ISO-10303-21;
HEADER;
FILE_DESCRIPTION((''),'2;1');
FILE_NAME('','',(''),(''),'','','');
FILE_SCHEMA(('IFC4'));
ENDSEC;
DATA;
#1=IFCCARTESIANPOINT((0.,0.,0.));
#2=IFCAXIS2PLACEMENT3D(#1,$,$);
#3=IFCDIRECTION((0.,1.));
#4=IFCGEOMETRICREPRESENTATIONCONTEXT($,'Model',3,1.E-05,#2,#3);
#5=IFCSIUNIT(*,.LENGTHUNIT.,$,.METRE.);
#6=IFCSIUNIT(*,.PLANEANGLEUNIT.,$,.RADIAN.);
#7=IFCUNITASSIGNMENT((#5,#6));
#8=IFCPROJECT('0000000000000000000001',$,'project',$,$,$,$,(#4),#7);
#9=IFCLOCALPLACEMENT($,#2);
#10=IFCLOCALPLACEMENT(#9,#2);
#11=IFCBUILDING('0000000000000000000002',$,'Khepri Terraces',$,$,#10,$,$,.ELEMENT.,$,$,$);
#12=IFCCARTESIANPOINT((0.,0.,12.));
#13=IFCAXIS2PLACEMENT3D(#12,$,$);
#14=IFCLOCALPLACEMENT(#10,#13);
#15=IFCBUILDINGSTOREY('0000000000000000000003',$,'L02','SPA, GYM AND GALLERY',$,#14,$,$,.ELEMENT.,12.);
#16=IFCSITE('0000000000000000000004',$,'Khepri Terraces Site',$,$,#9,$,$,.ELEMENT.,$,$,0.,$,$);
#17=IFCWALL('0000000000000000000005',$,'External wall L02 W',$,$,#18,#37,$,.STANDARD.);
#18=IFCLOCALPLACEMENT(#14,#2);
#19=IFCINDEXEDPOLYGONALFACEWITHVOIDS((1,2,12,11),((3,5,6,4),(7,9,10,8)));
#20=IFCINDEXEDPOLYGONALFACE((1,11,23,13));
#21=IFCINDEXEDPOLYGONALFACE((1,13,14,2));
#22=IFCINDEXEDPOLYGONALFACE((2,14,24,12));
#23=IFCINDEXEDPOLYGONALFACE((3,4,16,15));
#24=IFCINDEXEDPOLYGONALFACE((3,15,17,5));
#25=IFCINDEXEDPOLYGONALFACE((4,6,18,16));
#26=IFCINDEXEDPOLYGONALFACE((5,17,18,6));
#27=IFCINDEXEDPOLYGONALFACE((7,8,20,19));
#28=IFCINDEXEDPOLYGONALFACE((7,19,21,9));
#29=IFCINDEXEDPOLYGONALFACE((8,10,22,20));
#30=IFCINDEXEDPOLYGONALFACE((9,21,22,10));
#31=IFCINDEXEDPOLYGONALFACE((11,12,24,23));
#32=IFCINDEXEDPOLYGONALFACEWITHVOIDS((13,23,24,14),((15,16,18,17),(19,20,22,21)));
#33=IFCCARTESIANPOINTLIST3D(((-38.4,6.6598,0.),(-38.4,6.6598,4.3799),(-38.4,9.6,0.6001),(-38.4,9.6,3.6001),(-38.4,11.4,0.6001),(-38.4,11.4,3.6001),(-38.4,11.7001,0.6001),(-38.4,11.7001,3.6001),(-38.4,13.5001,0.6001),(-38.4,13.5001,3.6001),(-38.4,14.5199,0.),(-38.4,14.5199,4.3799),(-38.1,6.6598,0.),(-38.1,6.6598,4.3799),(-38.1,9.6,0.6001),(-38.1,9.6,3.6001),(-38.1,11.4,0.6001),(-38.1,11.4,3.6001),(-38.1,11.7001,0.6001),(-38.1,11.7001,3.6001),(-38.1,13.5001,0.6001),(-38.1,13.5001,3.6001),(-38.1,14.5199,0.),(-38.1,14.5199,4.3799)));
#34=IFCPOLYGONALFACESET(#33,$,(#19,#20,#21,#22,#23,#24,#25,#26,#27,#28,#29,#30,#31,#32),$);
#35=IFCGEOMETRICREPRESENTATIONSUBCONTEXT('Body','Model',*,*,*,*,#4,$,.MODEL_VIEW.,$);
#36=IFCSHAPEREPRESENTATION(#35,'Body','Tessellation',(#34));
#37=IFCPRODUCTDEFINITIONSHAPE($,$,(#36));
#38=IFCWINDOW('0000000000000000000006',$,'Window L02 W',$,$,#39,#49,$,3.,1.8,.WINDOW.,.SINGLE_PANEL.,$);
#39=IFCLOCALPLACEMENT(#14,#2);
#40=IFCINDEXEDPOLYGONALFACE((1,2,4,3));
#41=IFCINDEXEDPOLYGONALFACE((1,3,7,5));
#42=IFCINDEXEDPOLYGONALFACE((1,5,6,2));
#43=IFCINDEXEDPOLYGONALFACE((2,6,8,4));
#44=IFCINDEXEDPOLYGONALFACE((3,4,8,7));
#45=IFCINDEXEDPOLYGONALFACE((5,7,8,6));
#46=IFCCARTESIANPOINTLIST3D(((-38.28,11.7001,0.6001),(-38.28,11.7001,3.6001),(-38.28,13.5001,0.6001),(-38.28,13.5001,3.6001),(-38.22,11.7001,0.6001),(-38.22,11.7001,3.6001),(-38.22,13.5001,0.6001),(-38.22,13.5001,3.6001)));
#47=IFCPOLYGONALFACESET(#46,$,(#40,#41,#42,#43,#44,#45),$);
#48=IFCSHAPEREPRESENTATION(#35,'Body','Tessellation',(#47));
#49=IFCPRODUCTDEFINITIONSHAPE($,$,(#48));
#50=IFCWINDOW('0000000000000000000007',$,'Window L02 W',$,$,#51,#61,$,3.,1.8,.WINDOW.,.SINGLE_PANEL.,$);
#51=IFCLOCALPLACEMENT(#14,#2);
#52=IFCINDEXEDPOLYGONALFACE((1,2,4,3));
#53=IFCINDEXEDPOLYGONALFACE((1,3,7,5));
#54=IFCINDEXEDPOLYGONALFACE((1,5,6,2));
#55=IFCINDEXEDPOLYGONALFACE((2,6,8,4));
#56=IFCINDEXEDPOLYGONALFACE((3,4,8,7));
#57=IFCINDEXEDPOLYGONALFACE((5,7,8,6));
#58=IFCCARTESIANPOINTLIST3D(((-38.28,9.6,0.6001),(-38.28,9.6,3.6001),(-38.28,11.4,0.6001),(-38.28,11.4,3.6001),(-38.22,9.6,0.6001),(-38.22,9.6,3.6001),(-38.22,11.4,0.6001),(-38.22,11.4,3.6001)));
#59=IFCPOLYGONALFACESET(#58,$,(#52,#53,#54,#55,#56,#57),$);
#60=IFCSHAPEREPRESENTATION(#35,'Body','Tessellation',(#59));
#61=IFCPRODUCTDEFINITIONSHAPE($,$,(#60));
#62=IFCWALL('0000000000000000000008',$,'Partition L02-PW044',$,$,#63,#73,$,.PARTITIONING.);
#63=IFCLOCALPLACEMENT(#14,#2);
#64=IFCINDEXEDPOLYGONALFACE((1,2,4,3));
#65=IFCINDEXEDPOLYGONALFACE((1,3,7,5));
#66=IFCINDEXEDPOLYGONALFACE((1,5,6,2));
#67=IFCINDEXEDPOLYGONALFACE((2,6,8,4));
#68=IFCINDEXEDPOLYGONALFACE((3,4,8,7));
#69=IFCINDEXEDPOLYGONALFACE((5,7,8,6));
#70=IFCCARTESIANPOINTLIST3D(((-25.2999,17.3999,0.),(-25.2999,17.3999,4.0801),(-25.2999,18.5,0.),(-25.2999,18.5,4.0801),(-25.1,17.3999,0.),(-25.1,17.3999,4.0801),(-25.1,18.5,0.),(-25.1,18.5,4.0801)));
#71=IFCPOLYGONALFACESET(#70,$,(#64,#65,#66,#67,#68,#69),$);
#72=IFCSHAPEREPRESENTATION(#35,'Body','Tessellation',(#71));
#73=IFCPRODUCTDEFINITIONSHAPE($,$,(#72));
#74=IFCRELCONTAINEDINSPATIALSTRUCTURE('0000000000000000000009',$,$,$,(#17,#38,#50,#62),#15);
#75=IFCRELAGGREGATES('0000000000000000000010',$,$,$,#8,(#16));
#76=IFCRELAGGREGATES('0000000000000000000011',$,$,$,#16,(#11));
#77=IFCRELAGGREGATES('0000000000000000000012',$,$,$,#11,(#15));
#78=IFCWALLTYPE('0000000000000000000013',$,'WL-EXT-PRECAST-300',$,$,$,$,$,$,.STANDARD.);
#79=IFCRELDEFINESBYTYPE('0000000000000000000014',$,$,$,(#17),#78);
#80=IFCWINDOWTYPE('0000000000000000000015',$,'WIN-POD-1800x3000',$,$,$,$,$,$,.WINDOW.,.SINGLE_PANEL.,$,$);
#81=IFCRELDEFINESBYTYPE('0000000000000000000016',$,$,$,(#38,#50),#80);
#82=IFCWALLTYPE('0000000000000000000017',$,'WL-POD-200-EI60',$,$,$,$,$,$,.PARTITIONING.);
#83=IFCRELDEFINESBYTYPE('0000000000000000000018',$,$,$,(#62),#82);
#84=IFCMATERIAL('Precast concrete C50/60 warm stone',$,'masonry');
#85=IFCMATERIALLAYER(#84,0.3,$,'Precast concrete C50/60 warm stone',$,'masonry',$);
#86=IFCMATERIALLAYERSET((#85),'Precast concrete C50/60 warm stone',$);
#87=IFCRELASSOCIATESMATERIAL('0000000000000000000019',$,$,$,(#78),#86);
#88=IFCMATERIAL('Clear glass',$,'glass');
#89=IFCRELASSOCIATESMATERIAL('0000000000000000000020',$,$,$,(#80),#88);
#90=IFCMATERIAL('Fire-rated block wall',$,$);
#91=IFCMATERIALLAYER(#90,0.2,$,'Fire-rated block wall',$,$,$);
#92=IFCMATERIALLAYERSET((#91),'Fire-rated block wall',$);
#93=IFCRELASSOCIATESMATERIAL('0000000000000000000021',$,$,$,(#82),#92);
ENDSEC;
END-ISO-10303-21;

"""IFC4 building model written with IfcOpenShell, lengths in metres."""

from ifc_helpers import new_model, si_unit, direction, frame, frame_2d, origin, place, context, subcontext, project, spatial, rectangle, extrude, material, layer, layer_set, type_object, element, fill, save


model = new_model("IFC4")

# Units and contexts
model_context = context("Model", 3, precision=1e-05, world=origin(), true_north=direction((0.0, 1.0)))
body_context = subcontext(model_context, "Body", "Model", "MODEL_VIEW")
ifc_project = project(units=[si_unit("LENGTHUNIT", "METRE"), si_unit("PLANEANGLEUNIT", "RADIAN")], contexts=[model_context])

# Site, building, storey
site_placement = place(None, origin())
site = spatial("IfcSite", under=ifc_project, at=site_placement, Name="Khepri Terraces Site", CompositionType="ELEMENT", RefElevation=0.0)
building_placement = place(site_placement, origin())
building = spatial("IfcBuilding", under=site, at=building_placement, Name="Khepri Terraces", CompositionType="ELEMENT")
storey_placement = place(building_placement, frame((0.0, 0.0, 12.0)))
storey = spatial("IfcBuildingStorey", under=building, at=storey_placement, Name="L02", Description="SPA, GYM AND GALLERY", CompositionType="ELEMENT", Elevation=12.0)

# Shared definitions
ifc_material_1 = material(Name="Clear glass", Category="glass")

# Wall, openings, windows
ifc_material_2 = material(Name="Precast concrete C50/60 warm stone", Category="masonry")
ifc_layer_1 = layer(ifc_material_2, 0.3, Name="Precast concrete C50/60 warm stone", Category="masonry")
ifc_layer_set_1 = layer_set([ifc_layer_1], Name="Precast concrete C50/60 warm stone")
wall_type_1 = type_object("IfcWallType", Name="WL-EXT-PRECAST-300", PredefinedType="STANDARD", material=ifc_layer_set_1)
wall_1_placement = place(storey_placement, frame((-38.25, 14.52, 0.0), z_axis=(0.0, 0.0, 1.0), x_axis=(0.0, -1.0, 0.0)))
wall_1 = element("IfcWall", 1, at=wall_1_placement, inside=storey, type_object=wall_type_1, Name="External wall L02 W", PredefinedType="STANDARD", context=body_context, shape_type="SweptSolid", body=[
    extrude(rectangle(XDim=7.8601, YDim=0.3, at=frame_2d((3.9302, 0.0))), origin(), (0.0, 0.0, 1.0), 4.3799),
])
opening_1_placement = place(wall_1_placement, frame((1.02, 0.0, 0.6001)))
opening_1 = element("IfcOpeningElement", 2, at=opening_1_placement, cuts=wall_1, PredefinedType="OPENING", context=body_context, shape_type="SweptSolid", body=[
    extrude(rectangle(XDim=1.8, YDim=3.0, at=frame_2d((0.8999, 1.5))), frame((0.0, 0.1602, 0.0), z_axis=(0.0, -1.0, 0.0), x_axis=(1.0, 0.0, 0.0)), (0.0, 0.0, 1.0), 0.3201),
])
opening_2_placement = place(wall_1_placement, frame((3.1201, 0.0, 0.6001)))
opening_2 = element("IfcOpeningElement", 3, at=opening_2_placement, cuts=wall_1, PredefinedType="OPENING", context=body_context, shape_type="SweptSolid", body=[
    extrude(rectangle(XDim=1.8, YDim=3.0, at=frame_2d((0.8999, 1.5))), frame((0.0, 0.1602, 0.0), z_axis=(0.0, -1.0, 0.0), x_axis=(1.0, 0.0, 0.0)), (0.0, 0.0, 1.0), 0.3201),
])
window_type = type_object("IfcWindowType", Name="WIN-POD-1800x3000", PartitioningType="SINGLE_PANEL", PredefinedType="WINDOW", material=ifc_material_1)
window_1_placement = place(opening_1_placement, origin())
window_1 = element("IfcWindow", 4, at=window_1_placement, inside=storey, type_object=window_type, Name="Window L02 W", OverallHeight=3.0, OverallWidth=1.8, PartitioningType="SINGLE_PANEL", PredefinedType="WINDOW", context=body_context, shape_type="SweptSolid", body=[
    extrude(rectangle(XDim=1.8, YDim=3.0, at=frame_2d((0.8999, 1.5))), frame((0.0, 0.03, 0.0), z_axis=(0.0, -1.0, 0.0), x_axis=(1.0, 0.0, 0.0)), (0.0, 0.0, 1.0), 0.0601),
])
fill(opening_1, window_1)
window_2_placement = place(opening_2_placement, origin())
window_2 = element("IfcWindow", 5, at=window_2_placement, inside=storey, type_object=window_type, Name="Window L02 W", OverallHeight=3.0, OverallWidth=1.8, PartitioningType="SINGLE_PANEL", PredefinedType="WINDOW", context=body_context, shape_type="SweptSolid", body=[
    extrude(rectangle(XDim=1.8, YDim=3.0, at=frame_2d((0.8999, 1.5))), frame((0.0, 0.03, 0.0), z_axis=(0.0, -1.0, 0.0), x_axis=(1.0, 0.0, 0.0)), (0.0, 0.0, 1.0), 0.0601),
])
fill(opening_2, window_2)

# Wall
ifc_material_3 = material(Name="Fire-rated block wall")
ifc_layer_2 = layer(ifc_material_3, 0.2, Name="Fire-rated block wall")
ifc_layer_set_2 = layer_set([ifc_layer_2], Name="Fire-rated block wall")
wall_type_2 = type_object("IfcWallType", Name="WL-POD-200-EI60", PredefinedType="PARTITIONING", material=ifc_layer_set_2)
wall_2_placement = place(storey_placement, frame((-25.2, 17.3999, 0.0), z_axis=(0.0, 0.0, 1.0), x_axis=(0.0, 1.0, 0.0)))
element("IfcWall", 6, at=wall_2_placement, inside=storey, type_object=wall_type_2, Name="Partition L02-PW044", PredefinedType="PARTITIONING", context=body_context, shape_type="SweptSolid", body=[
    extrude(rectangle(XDim=1.1001, YDim=0.2, at=frame_2d((0.55, 0.0))), origin(), (0.0, 0.0, 1.0), 4.0801),
])

save(model, "model.ifc")
